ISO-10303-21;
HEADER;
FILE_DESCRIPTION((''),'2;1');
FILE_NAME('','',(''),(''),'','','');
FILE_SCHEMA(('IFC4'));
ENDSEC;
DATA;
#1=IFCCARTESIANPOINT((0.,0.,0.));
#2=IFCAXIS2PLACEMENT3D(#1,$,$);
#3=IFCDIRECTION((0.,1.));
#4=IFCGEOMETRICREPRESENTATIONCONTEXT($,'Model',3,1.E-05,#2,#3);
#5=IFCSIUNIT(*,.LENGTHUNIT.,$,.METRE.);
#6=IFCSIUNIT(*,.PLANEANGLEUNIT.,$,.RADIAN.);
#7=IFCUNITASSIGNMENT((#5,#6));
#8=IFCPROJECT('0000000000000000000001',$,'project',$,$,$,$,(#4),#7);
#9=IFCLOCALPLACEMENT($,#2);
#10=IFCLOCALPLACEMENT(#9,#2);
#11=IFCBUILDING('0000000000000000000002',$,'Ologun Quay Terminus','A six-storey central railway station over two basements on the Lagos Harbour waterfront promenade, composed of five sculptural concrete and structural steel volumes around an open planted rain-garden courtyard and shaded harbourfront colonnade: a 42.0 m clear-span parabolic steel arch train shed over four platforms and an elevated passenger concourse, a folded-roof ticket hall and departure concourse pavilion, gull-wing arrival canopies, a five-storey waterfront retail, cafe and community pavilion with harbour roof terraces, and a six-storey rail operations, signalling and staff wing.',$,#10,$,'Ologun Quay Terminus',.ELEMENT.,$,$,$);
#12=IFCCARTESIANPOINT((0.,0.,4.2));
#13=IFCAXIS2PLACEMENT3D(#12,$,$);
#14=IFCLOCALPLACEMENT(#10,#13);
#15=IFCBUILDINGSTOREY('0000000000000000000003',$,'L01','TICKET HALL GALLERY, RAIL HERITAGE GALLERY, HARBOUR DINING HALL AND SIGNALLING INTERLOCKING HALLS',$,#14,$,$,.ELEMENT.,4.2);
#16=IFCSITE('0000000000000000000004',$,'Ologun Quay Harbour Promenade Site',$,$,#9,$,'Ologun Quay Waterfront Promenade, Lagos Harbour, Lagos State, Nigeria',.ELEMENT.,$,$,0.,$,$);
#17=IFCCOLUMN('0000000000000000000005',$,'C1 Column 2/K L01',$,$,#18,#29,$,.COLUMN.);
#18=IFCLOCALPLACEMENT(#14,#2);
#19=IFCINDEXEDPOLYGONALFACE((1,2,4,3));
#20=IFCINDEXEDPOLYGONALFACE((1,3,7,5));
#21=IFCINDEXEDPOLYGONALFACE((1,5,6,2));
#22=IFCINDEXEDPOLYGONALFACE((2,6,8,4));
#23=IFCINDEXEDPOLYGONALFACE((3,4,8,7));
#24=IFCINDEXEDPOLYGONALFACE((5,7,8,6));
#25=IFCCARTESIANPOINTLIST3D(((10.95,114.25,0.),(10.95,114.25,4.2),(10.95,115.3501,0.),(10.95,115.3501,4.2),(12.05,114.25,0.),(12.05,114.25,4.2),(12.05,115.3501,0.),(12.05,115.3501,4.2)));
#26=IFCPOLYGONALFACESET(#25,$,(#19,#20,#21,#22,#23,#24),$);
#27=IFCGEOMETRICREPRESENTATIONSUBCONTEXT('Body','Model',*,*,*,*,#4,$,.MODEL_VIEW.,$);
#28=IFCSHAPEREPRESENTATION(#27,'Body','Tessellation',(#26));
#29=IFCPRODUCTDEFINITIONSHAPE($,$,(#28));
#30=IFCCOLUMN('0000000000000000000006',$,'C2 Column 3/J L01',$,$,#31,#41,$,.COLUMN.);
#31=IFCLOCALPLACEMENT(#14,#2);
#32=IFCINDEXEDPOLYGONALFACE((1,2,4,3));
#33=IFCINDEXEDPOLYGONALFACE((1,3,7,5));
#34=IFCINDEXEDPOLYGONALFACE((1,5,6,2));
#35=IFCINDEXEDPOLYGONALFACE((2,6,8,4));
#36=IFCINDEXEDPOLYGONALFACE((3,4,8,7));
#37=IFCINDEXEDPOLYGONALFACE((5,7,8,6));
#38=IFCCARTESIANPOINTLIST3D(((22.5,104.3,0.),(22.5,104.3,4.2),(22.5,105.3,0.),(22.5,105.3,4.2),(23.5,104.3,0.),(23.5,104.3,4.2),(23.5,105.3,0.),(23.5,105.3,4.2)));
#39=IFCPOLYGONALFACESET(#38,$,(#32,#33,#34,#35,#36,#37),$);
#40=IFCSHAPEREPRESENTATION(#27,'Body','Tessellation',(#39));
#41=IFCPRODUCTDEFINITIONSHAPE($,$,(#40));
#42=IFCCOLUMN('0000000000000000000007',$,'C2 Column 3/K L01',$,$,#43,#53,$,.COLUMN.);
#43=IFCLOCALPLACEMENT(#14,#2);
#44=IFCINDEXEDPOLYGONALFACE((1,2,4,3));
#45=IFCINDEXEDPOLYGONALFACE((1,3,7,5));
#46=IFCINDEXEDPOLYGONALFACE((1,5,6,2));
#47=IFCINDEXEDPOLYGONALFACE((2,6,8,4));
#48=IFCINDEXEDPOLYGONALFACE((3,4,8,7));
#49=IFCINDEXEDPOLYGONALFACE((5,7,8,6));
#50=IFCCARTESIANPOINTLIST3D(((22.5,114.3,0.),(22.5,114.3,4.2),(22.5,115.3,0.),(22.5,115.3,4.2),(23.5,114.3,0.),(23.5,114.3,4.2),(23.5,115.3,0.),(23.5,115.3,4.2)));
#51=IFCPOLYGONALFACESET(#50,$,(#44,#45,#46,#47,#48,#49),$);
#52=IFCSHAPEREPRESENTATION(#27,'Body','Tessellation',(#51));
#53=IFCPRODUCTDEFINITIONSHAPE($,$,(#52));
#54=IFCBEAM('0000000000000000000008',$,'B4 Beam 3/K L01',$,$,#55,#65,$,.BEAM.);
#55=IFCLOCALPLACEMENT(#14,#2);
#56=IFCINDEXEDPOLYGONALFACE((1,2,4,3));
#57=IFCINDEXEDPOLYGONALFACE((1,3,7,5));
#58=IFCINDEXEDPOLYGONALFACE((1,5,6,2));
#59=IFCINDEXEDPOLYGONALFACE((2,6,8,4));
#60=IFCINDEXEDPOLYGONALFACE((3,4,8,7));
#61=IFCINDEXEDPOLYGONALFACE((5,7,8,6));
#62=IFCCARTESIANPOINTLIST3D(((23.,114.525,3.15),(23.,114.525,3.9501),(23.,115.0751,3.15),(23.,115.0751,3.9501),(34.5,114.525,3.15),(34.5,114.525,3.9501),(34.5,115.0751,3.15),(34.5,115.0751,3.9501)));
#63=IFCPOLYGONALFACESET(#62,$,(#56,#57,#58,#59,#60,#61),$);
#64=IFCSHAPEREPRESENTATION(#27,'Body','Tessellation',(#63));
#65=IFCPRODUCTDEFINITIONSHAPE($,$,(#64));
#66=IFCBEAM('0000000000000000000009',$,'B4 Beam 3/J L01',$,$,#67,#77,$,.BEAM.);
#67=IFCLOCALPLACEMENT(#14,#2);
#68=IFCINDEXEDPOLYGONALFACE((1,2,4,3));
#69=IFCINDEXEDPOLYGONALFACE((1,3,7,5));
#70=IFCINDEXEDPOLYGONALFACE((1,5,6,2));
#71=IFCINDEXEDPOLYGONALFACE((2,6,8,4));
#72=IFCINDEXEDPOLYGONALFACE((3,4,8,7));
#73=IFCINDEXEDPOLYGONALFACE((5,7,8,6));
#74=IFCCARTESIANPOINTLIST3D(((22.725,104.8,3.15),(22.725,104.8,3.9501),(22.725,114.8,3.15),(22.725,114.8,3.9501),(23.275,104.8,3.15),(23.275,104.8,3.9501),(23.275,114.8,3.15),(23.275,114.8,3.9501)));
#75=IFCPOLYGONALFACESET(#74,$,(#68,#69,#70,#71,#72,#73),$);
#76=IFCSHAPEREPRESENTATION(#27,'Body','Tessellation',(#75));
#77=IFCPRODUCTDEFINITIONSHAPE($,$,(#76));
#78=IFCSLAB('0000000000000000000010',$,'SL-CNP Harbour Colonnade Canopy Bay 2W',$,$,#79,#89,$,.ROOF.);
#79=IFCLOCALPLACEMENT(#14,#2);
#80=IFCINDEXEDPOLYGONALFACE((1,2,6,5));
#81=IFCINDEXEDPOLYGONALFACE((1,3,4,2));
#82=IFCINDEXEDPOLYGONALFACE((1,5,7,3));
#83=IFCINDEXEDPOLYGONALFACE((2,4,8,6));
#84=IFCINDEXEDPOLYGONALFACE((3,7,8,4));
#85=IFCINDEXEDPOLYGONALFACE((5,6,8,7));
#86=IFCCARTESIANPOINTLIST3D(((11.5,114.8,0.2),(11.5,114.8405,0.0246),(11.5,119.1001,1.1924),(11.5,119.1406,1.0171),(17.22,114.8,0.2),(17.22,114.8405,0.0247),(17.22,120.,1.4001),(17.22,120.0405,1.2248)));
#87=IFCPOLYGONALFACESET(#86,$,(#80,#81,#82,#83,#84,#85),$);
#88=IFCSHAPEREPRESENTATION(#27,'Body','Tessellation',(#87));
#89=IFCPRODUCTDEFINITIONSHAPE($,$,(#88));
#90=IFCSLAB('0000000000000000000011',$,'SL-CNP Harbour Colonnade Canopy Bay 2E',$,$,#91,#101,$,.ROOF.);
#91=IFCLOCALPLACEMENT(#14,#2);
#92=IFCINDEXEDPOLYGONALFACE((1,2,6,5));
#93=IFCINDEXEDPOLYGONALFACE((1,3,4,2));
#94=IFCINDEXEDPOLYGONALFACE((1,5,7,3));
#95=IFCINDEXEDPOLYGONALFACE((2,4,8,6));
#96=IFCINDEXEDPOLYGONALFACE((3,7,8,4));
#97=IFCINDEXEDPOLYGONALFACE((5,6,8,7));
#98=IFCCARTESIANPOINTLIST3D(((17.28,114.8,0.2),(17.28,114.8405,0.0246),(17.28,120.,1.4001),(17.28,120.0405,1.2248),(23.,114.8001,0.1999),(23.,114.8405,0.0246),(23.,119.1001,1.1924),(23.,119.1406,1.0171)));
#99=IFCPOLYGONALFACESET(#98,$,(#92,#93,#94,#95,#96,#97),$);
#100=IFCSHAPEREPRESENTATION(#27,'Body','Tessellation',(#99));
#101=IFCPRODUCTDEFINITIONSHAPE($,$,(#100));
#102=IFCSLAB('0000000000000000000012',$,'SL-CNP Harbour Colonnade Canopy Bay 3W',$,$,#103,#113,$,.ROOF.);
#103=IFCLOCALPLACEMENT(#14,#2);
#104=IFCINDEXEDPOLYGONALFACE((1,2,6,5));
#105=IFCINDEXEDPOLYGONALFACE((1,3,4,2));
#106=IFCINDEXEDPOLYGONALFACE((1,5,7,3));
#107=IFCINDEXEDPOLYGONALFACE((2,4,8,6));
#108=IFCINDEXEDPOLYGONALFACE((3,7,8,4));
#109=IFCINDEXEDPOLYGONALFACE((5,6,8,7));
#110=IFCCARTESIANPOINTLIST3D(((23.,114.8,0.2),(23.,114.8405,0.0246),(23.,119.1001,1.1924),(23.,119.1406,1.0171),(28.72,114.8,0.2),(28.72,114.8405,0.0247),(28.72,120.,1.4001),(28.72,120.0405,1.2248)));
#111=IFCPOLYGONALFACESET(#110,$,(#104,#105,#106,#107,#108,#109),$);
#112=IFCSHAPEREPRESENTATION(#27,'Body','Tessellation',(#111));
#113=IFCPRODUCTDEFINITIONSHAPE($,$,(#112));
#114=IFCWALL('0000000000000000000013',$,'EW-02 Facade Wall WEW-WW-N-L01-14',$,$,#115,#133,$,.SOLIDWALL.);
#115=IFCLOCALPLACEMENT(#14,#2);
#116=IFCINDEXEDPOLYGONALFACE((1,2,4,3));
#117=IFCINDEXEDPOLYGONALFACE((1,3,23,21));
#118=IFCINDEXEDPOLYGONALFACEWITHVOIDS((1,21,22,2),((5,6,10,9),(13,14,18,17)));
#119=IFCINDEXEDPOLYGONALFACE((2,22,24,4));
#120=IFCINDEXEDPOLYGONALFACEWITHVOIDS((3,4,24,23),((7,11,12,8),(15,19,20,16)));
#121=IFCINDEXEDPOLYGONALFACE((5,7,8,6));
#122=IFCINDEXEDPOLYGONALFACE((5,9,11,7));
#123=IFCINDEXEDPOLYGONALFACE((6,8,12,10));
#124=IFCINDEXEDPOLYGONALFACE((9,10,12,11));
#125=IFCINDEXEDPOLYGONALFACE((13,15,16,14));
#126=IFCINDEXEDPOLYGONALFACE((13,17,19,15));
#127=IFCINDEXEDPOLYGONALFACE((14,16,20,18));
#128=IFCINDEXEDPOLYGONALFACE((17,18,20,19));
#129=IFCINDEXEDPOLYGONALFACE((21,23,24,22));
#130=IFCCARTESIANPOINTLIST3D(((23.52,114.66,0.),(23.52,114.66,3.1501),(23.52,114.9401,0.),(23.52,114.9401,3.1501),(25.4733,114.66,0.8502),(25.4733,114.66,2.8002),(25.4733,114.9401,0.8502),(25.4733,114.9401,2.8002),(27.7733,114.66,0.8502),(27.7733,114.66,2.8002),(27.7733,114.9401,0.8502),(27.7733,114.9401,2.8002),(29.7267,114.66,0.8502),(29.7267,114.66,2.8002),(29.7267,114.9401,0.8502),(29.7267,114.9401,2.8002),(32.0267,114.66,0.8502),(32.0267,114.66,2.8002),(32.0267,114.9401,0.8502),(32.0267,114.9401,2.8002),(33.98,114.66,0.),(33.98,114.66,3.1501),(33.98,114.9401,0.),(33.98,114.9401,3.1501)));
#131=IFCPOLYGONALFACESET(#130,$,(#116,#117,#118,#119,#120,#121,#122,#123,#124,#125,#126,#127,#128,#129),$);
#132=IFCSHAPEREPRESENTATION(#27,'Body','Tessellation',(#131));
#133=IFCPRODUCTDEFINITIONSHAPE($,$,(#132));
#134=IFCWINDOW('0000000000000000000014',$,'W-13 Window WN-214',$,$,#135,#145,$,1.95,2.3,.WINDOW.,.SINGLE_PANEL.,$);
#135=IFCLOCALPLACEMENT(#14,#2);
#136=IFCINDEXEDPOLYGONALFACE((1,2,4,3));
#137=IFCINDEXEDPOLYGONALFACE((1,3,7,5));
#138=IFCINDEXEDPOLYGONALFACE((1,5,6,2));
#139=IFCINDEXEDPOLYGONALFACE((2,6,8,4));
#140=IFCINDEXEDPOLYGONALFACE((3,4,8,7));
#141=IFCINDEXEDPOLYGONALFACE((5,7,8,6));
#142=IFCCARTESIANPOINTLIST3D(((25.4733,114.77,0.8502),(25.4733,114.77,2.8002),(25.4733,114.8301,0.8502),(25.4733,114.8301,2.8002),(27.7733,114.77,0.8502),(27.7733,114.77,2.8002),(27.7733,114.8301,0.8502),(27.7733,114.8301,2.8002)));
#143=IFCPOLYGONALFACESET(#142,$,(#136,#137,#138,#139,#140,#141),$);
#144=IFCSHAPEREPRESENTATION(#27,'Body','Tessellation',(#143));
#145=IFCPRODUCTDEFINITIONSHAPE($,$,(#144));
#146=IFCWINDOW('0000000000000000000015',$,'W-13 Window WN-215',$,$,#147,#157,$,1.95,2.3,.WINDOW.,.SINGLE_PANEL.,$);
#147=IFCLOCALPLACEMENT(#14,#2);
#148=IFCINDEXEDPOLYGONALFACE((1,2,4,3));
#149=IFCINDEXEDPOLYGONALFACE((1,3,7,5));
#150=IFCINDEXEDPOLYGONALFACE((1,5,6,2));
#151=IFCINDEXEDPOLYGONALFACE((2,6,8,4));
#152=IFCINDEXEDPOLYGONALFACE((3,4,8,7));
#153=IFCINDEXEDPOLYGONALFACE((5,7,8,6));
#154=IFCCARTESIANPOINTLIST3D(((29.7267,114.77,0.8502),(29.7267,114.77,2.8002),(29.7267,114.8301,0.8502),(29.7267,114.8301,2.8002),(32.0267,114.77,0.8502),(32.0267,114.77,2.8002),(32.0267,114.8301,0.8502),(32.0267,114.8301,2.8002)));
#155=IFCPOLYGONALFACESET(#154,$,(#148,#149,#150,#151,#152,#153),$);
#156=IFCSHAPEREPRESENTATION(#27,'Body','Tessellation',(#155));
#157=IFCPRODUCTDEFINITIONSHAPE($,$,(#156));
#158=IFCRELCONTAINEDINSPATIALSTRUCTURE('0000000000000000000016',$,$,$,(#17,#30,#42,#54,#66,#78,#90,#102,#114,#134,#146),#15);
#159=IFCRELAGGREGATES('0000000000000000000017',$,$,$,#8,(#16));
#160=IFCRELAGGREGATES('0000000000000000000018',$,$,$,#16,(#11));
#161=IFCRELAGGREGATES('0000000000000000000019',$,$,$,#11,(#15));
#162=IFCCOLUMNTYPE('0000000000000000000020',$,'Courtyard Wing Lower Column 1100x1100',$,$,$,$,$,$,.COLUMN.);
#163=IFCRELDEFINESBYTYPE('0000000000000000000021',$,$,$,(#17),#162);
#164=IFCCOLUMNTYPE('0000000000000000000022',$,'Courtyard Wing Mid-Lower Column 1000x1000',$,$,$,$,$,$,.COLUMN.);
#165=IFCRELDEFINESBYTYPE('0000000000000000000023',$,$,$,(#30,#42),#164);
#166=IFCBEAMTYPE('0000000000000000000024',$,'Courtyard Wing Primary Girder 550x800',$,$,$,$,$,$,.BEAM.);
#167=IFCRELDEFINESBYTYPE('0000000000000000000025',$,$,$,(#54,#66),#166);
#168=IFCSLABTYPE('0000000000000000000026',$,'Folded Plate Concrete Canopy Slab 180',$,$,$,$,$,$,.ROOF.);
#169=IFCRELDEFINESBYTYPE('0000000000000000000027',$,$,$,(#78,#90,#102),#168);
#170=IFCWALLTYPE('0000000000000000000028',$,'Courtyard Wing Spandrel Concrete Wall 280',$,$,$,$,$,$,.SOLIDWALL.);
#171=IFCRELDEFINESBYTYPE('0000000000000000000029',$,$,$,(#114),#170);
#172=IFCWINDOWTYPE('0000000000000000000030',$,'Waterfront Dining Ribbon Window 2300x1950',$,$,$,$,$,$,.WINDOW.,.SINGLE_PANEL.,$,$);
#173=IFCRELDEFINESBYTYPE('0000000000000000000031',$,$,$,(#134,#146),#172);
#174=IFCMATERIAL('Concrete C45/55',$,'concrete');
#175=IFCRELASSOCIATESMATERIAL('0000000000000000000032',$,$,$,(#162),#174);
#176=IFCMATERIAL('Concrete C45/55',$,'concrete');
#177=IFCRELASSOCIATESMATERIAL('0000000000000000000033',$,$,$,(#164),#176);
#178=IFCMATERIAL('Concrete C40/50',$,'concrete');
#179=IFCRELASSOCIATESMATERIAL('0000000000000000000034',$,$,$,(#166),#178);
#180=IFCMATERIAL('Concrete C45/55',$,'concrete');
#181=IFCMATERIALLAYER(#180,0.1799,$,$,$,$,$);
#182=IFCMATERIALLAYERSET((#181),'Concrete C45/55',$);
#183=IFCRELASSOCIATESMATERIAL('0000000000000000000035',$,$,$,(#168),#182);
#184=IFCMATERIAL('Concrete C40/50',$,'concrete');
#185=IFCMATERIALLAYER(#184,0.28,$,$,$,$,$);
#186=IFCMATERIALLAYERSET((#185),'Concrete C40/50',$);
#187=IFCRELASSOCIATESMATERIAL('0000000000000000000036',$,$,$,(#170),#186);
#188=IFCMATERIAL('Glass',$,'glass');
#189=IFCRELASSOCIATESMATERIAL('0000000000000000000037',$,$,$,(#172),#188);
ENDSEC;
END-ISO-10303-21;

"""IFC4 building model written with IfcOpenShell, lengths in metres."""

from ifc_helpers import new_model, si_unit, direction, frame, frame_2d, origin, origin_2d, place, context, subcontext, project, spatial, polyline, rectangle, outline, extrude, material, layer, layer_set, material_profile, profile_set, type_object, element, fill, save


model = new_model("IFC4")

# Units and contexts
model_context = context("Model", 3, precision=1e-05, world=origin(), true_north=direction((0.0, 1.0)))
body_context = subcontext(model_context, "Body", "Model", "MODEL_VIEW")
ifc_project = project(units=[si_unit("LENGTHUNIT", "METRE"), si_unit("PLANEANGLEUNIT", "RADIAN")], contexts=[model_context])

# Site, building, storey
site_placement = place(None, origin())
site = spatial("IfcSite", under=ifc_project, at=site_placement, Name="Ologun Quay Harbour Promenade Site", LongName="Ologun Quay Waterfront Promenade, Lagos Harbour, Lagos State, Nigeria", CompositionType="ELEMENT", RefElevation=0.0)
building_placement = place(site_placement, origin())
building = spatial("IfcBuilding", under=site, at=building_placement, Name="Ologun Quay Terminus", Description="A six-storey central railway station over two basements on the Lagos Harbour waterfront promenade, composed of five sculptural concrete and structural steel volumes around an open planted rain-garden courtyard and shaded harbourfront colonnade: a 42.0 m clear-span parabolic steel arch train shed over four platforms and an elevated passenger concourse, a folded-roof ticket hall and departure concourse pavilion, gull-wing arrival canopies, a five-storey waterfront retail, cafe and community pavilion with harbour roof terraces, and a six-storey rail operations, signalling and staff wing.", LongName="Ologun Quay Terminus", CompositionType="ELEMENT")
storey_placement = place(building_placement, frame((0.0, 0.0, 4.2)))
storey = spatial("IfcBuildingStorey", under=building, at=storey_placement, Name="L01", Description="TICKET HALL GALLERY, RAIL HERITAGE GALLERY, HARBOUR DINING HALL AND SIGNALLING INTERLOCKING HALLS", CompositionType="ELEMENT", Elevation=4.2)

# Columns
ifc_material_1 = material(Name="Concrete C45/55", Category="concrete")
ifc_material_profile_1 = material_profile(ifc_material_1, rectangle(XDim=1.1001, YDim=1.1001, at=origin_2d()), Name="RC 1100x1100")
ifc_profile_set_1 = profile_set([ifc_material_profile_1], Name="Concrete C45/55")
column_type_1 = type_object("IfcColumnType", Name="Courtyard Wing Lower Column 1100x1100", PredefinedType="COLUMN", material=ifc_profile_set_1)
column_placement = place(storey_placement, frame((11.5, 114.8, 0.0), z_axis=(0.0, 0.0, 1.0), x_axis=(1.0, 0.0, 0.0)))
element("IfcColumn", 1, at=column_placement, inside=storey, type_object=column_type_1, Name="C1 Column 2/K L01", PredefinedType="COLUMN", context=body_context, shape_type="SweptSolid", body=[
    extrude(rectangle(XDim=1.1001, YDim=1.1001, at=origin_2d()), origin(), (0.0, 0.0, 1.0), 4.2),
])
ifc_material_2 = material(Name="Concrete C45/55", Category="concrete")
ifc_material_profile_2 = material_profile(ifc_material_2, rectangle(XDim=1.0, YDim=1.0, at=origin_2d()), Name="RC 1000x1000")
ifc_profile_set_2 = profile_set([ifc_material_profile_2], Name="Concrete C45/55")
column_type_2 = type_object("IfcColumnType", Name="Courtyard Wing Mid-Lower Column 1000x1000", PredefinedType="COLUMN", material=ifc_profile_set_2)
for number, where, z_axis, x_axis, name in (
    (2, (23.0, 104.8, 0.0), (0.0, 0.0, 1.0), (1.0, 0.0, 0.0), "C2 Column 3/J L01"),
    (3, (23.0, 114.8, 0.0), (0.0, 0.0, 1.0), (1.0, 0.0, 0.0), "C2 Column 3/K L01"),
):
    element("IfcColumn", number, at=place(storey_placement, frame(where, z_axis=z_axis, x_axis=x_axis)), inside=storey, type_object=column_type_2, Name=name, PredefinedType="COLUMN", context=body_context, shape_type="SweptSolid", body=[
        extrude(rectangle(XDim=1.0, YDim=1.0, at=origin_2d()), origin(), (0.0, 0.0, 1.0), 4.2),
    ])

# Beams
ifc_material_3 = material(Name="Concrete C40/50", Category="concrete")
ifc_material_profile_3 = material_profile(ifc_material_3, rectangle(XDim=0.55, YDim=0.8, at=origin_2d()), Name="RC 550x800")
ifc_profile_set_3 = profile_set([ifc_material_profile_3], Name="Concrete C40/50")
beam_type = type_object("IfcBeamType", Name="Courtyard Wing Primary Girder 550x800", PredefinedType="BEAM", material=ifc_profile_set_3)
beam_1_placement = place(storey_placement, frame((23.0, 114.8, 3.55), z_axis=(1.0, 0.0, 0.0), x_axis=(0.0, 1.0, 0.0)))
element("IfcBeam", 4, at=beam_1_placement, inside=storey, type_object=beam_type, Name="B4 Beam 3/K L01", PredefinedType="BEAM", context=body_context, shape_type="SweptSolid", body=[
    extrude(rectangle(XDim=0.55, YDim=0.8, at=origin_2d()), origin(), (0.0, 0.0, 1.0), 11.5),
])
beam_2_placement = place(storey_placement, frame((23.0, 104.8, 3.55), z_axis=(0.0, 1.0, 0.0), x_axis=(-1.0, 0.0, 0.0)))
element("IfcBeam", 5, at=beam_2_placement, inside=storey, type_object=beam_type, Name="B4 Beam 3/J L01", PredefinedType="BEAM", context=body_context, shape_type="SweptSolid", body=[
    extrude(rectangle(XDim=0.55, YDim=0.8, at=origin_2d()), origin(), (0.0, 0.0, 1.0), 10.0),
])

# Slabs
ifc_material_4 = material(Name="Concrete C45/55", Category="concrete")
ifc_layer_1 = layer(ifc_material_4, 0.1799)
ifc_layer_set_1 = layer_set([ifc_layer_1], Name="Concrete C45/55")
slab_type = type_object("IfcSlabType", Name="Folded Plate Concrete Canopy Slab 180", PredefinedType="ROOF", material=ifc_layer_set_1)
slab_1_placement = place(storey_placement, frame((11.5, 114.8, 0.2), z_axis=(-0.000005, -0.224891, 0.974384), x_axis=(1.0, -0.000001, 0.000005)))
element("IfcSlab", 6, at=slab_1_placement, inside=storey, type_object=slab_type, Name="SL-CNP Harbour Colonnade Canopy Bay 2W", PredefinedType="ROOF", context=body_context, shape_type="SweptSolid", body=[
    extrude(outline(polyline([(0.0, 0.0), (5.72, 0.0), (5.72, 5.3367), (0.0, 4.4131), (0.0, 0.0)])), origin(), (0.0, 0.0, -1.0), 0.1799),
])
slab_2_placement = place(storey_placement, frame((17.28, 114.8, 0.2), z_axis=(0.000005, -0.224891, 0.974384), x_axis=(1.0, 0.000001, -0.000005)))
element("IfcSlab", 7, at=slab_2_placement, inside=storey, type_object=slab_type, Name="SL-CNP Harbour Colonnade Canopy Bay 2E", PredefinedType="ROOF", context=body_context, shape_type="SweptSolid", body=[
    extrude(outline(polyline([(0.0, 0.0), (5.72, 0.0), (5.72, 4.4131), (0.0, 5.3367), (0.0, 0.0)])), origin(), (0.0, 0.0, -1.0), 0.1799),
])
slab_3_placement = place(storey_placement, frame((23.0, 114.8, 0.2), z_axis=(-0.000005, -0.224891, 0.974384), x_axis=(1.0, -0.000001, 0.000005)))
element("IfcSlab", 8, at=slab_3_placement, inside=storey, type_object=slab_type, Name="SL-CNP Harbour Colonnade Canopy Bay 3W", PredefinedType="ROOF", context=body_context, shape_type="SweptSolid", body=[
    extrude(outline(polyline([(0.0, 0.0), (5.72, 0.0), (5.72, 5.3367), (0.0, 4.4131), (0.0, 0.0)])), origin(), (0.0, 0.0, -1.0), 0.1799),
])

# Wall, openings, windows
ifc_material_5 = material(Name="Concrete C40/50", Category="concrete")
ifc_layer_2 = layer(ifc_material_5, 0.28)
ifc_layer_set_2 = layer_set([ifc_layer_2], Name="Concrete C40/50")
wall_type_1 = type_object("IfcWallType", Name="Courtyard Wing Spandrel Concrete Wall 280", PredefinedType="SOLIDWALL", material=ifc_layer_set_2)
wall_1_placement = place(storey_placement, frame((23.52, 114.8, 0.0), z_axis=(0.0, 0.0, 1.0), x_axis=(1.0, 0.0, 0.0)))
wall_1 = element("IfcWall", 9, at=wall_1_placement, inside=storey, type_object=wall_type_1, Name="EW-02 Facade Wall WEW-WW-N-L01-14", PredefinedType="SOLIDWALL", context=body_context, shape_type="SweptSolid", body=[
    extrude(rectangle(XDim=10.46, YDim=0.28, at=frame_2d((5.23, 0.0))), origin(), (0.0, 0.0, 1.0), 3.1501),
])
opening_1_placement = place(wall_1_placement, frame((1.9534, 0.0, 0.8501)))
opening_1 = element("IfcOpeningElement", 10, at=opening_1_placement, cuts=wall_1, PredefinedType="OPENING", context=body_context, shape_type="SweptSolid", body=[
    extrude(rectangle(XDim=2.3, YDim=1.95, at=frame_2d((1.1499, 0.9751))), frame((0.0, 0.1499, 0.0), z_axis=(0.0, -1.0, 0.0), x_axis=(1.0, 0.0, 0.0)), (0.0, 0.0, 1.0), 0.3),
])
opening_2_placement = place(wall_1_placement, frame((6.2068, 0.0, 0.8501)))
opening_2 = element("IfcOpeningElement", 11, at=opening_2_placement, cuts=wall_1, PredefinedType="OPENING", context=body_context, shape_type="SweptSolid", body=[
    extrude(rectangle(XDim=2.3, YDim=1.95, at=frame_2d((1.1499, 0.9751))), frame((0.0, 0.1499, 0.0), z_axis=(0.0, -1.0, 0.0), x_axis=(1.0, 0.0, 0.0)), (0.0, 0.0, 1.0), 0.3),
])
ifc_material_6 = material(Name="Glass", Category="glass")
window_type_1 = type_object("IfcWindowType", Name="Waterfront Dining Ribbon Window 2300x1950", PartitioningType="SINGLE_PANEL", PredefinedType="WINDOW", material=ifc_material_6)
window_1_placement = place(opening_1_placement, origin())
window_1 = element("IfcWindow", 12, at=window_1_placement, inside=storey, type_object=window_type_1, Name="W-13 Window WN-214", OverallHeight=1.95, OverallWidth=2.3, PartitioningType="SINGLE_PANEL", PredefinedType="WINDOW", context=body_context, shape_type="SweptSolid", body=[
    extrude(rectangle(XDim=2.3, YDim=1.95, at=frame_2d((1.1499, 0.9751))), frame((0.0, 0.03, 0.0), z_axis=(0.0, -1.0, 0.0), x_axis=(1.0, 0.0, 0.0)), (0.0, 0.0, 1.0), 0.0601),
])
fill(opening_1, window_1)
window_2_placement = place(opening_2_placement, origin())
window_2 = element("IfcWindow", 13, at=window_2_placement, inside=storey, type_object=window_type_1, Name="W-13 Window WN-215", OverallHeight=1.95, OverallWidth=2.3, PartitioningType="SINGLE_PANEL", PredefinedType="WINDOW", context=body_context, shape_type="SweptSolid", body=[
    extrude(rectangle(XDim=2.3, YDim=1.95, at=frame_2d((1.1499, 0.9751))), frame((0.0, 0.03, 0.0), z_axis=(0.0, -1.0, 0.0), x_axis=(1.0, 0.0, 0.0)), (0.0, 0.0, 1.0), 0.0601),
])
fill(opening_2, window_2)

save(model, "model.ifc")
